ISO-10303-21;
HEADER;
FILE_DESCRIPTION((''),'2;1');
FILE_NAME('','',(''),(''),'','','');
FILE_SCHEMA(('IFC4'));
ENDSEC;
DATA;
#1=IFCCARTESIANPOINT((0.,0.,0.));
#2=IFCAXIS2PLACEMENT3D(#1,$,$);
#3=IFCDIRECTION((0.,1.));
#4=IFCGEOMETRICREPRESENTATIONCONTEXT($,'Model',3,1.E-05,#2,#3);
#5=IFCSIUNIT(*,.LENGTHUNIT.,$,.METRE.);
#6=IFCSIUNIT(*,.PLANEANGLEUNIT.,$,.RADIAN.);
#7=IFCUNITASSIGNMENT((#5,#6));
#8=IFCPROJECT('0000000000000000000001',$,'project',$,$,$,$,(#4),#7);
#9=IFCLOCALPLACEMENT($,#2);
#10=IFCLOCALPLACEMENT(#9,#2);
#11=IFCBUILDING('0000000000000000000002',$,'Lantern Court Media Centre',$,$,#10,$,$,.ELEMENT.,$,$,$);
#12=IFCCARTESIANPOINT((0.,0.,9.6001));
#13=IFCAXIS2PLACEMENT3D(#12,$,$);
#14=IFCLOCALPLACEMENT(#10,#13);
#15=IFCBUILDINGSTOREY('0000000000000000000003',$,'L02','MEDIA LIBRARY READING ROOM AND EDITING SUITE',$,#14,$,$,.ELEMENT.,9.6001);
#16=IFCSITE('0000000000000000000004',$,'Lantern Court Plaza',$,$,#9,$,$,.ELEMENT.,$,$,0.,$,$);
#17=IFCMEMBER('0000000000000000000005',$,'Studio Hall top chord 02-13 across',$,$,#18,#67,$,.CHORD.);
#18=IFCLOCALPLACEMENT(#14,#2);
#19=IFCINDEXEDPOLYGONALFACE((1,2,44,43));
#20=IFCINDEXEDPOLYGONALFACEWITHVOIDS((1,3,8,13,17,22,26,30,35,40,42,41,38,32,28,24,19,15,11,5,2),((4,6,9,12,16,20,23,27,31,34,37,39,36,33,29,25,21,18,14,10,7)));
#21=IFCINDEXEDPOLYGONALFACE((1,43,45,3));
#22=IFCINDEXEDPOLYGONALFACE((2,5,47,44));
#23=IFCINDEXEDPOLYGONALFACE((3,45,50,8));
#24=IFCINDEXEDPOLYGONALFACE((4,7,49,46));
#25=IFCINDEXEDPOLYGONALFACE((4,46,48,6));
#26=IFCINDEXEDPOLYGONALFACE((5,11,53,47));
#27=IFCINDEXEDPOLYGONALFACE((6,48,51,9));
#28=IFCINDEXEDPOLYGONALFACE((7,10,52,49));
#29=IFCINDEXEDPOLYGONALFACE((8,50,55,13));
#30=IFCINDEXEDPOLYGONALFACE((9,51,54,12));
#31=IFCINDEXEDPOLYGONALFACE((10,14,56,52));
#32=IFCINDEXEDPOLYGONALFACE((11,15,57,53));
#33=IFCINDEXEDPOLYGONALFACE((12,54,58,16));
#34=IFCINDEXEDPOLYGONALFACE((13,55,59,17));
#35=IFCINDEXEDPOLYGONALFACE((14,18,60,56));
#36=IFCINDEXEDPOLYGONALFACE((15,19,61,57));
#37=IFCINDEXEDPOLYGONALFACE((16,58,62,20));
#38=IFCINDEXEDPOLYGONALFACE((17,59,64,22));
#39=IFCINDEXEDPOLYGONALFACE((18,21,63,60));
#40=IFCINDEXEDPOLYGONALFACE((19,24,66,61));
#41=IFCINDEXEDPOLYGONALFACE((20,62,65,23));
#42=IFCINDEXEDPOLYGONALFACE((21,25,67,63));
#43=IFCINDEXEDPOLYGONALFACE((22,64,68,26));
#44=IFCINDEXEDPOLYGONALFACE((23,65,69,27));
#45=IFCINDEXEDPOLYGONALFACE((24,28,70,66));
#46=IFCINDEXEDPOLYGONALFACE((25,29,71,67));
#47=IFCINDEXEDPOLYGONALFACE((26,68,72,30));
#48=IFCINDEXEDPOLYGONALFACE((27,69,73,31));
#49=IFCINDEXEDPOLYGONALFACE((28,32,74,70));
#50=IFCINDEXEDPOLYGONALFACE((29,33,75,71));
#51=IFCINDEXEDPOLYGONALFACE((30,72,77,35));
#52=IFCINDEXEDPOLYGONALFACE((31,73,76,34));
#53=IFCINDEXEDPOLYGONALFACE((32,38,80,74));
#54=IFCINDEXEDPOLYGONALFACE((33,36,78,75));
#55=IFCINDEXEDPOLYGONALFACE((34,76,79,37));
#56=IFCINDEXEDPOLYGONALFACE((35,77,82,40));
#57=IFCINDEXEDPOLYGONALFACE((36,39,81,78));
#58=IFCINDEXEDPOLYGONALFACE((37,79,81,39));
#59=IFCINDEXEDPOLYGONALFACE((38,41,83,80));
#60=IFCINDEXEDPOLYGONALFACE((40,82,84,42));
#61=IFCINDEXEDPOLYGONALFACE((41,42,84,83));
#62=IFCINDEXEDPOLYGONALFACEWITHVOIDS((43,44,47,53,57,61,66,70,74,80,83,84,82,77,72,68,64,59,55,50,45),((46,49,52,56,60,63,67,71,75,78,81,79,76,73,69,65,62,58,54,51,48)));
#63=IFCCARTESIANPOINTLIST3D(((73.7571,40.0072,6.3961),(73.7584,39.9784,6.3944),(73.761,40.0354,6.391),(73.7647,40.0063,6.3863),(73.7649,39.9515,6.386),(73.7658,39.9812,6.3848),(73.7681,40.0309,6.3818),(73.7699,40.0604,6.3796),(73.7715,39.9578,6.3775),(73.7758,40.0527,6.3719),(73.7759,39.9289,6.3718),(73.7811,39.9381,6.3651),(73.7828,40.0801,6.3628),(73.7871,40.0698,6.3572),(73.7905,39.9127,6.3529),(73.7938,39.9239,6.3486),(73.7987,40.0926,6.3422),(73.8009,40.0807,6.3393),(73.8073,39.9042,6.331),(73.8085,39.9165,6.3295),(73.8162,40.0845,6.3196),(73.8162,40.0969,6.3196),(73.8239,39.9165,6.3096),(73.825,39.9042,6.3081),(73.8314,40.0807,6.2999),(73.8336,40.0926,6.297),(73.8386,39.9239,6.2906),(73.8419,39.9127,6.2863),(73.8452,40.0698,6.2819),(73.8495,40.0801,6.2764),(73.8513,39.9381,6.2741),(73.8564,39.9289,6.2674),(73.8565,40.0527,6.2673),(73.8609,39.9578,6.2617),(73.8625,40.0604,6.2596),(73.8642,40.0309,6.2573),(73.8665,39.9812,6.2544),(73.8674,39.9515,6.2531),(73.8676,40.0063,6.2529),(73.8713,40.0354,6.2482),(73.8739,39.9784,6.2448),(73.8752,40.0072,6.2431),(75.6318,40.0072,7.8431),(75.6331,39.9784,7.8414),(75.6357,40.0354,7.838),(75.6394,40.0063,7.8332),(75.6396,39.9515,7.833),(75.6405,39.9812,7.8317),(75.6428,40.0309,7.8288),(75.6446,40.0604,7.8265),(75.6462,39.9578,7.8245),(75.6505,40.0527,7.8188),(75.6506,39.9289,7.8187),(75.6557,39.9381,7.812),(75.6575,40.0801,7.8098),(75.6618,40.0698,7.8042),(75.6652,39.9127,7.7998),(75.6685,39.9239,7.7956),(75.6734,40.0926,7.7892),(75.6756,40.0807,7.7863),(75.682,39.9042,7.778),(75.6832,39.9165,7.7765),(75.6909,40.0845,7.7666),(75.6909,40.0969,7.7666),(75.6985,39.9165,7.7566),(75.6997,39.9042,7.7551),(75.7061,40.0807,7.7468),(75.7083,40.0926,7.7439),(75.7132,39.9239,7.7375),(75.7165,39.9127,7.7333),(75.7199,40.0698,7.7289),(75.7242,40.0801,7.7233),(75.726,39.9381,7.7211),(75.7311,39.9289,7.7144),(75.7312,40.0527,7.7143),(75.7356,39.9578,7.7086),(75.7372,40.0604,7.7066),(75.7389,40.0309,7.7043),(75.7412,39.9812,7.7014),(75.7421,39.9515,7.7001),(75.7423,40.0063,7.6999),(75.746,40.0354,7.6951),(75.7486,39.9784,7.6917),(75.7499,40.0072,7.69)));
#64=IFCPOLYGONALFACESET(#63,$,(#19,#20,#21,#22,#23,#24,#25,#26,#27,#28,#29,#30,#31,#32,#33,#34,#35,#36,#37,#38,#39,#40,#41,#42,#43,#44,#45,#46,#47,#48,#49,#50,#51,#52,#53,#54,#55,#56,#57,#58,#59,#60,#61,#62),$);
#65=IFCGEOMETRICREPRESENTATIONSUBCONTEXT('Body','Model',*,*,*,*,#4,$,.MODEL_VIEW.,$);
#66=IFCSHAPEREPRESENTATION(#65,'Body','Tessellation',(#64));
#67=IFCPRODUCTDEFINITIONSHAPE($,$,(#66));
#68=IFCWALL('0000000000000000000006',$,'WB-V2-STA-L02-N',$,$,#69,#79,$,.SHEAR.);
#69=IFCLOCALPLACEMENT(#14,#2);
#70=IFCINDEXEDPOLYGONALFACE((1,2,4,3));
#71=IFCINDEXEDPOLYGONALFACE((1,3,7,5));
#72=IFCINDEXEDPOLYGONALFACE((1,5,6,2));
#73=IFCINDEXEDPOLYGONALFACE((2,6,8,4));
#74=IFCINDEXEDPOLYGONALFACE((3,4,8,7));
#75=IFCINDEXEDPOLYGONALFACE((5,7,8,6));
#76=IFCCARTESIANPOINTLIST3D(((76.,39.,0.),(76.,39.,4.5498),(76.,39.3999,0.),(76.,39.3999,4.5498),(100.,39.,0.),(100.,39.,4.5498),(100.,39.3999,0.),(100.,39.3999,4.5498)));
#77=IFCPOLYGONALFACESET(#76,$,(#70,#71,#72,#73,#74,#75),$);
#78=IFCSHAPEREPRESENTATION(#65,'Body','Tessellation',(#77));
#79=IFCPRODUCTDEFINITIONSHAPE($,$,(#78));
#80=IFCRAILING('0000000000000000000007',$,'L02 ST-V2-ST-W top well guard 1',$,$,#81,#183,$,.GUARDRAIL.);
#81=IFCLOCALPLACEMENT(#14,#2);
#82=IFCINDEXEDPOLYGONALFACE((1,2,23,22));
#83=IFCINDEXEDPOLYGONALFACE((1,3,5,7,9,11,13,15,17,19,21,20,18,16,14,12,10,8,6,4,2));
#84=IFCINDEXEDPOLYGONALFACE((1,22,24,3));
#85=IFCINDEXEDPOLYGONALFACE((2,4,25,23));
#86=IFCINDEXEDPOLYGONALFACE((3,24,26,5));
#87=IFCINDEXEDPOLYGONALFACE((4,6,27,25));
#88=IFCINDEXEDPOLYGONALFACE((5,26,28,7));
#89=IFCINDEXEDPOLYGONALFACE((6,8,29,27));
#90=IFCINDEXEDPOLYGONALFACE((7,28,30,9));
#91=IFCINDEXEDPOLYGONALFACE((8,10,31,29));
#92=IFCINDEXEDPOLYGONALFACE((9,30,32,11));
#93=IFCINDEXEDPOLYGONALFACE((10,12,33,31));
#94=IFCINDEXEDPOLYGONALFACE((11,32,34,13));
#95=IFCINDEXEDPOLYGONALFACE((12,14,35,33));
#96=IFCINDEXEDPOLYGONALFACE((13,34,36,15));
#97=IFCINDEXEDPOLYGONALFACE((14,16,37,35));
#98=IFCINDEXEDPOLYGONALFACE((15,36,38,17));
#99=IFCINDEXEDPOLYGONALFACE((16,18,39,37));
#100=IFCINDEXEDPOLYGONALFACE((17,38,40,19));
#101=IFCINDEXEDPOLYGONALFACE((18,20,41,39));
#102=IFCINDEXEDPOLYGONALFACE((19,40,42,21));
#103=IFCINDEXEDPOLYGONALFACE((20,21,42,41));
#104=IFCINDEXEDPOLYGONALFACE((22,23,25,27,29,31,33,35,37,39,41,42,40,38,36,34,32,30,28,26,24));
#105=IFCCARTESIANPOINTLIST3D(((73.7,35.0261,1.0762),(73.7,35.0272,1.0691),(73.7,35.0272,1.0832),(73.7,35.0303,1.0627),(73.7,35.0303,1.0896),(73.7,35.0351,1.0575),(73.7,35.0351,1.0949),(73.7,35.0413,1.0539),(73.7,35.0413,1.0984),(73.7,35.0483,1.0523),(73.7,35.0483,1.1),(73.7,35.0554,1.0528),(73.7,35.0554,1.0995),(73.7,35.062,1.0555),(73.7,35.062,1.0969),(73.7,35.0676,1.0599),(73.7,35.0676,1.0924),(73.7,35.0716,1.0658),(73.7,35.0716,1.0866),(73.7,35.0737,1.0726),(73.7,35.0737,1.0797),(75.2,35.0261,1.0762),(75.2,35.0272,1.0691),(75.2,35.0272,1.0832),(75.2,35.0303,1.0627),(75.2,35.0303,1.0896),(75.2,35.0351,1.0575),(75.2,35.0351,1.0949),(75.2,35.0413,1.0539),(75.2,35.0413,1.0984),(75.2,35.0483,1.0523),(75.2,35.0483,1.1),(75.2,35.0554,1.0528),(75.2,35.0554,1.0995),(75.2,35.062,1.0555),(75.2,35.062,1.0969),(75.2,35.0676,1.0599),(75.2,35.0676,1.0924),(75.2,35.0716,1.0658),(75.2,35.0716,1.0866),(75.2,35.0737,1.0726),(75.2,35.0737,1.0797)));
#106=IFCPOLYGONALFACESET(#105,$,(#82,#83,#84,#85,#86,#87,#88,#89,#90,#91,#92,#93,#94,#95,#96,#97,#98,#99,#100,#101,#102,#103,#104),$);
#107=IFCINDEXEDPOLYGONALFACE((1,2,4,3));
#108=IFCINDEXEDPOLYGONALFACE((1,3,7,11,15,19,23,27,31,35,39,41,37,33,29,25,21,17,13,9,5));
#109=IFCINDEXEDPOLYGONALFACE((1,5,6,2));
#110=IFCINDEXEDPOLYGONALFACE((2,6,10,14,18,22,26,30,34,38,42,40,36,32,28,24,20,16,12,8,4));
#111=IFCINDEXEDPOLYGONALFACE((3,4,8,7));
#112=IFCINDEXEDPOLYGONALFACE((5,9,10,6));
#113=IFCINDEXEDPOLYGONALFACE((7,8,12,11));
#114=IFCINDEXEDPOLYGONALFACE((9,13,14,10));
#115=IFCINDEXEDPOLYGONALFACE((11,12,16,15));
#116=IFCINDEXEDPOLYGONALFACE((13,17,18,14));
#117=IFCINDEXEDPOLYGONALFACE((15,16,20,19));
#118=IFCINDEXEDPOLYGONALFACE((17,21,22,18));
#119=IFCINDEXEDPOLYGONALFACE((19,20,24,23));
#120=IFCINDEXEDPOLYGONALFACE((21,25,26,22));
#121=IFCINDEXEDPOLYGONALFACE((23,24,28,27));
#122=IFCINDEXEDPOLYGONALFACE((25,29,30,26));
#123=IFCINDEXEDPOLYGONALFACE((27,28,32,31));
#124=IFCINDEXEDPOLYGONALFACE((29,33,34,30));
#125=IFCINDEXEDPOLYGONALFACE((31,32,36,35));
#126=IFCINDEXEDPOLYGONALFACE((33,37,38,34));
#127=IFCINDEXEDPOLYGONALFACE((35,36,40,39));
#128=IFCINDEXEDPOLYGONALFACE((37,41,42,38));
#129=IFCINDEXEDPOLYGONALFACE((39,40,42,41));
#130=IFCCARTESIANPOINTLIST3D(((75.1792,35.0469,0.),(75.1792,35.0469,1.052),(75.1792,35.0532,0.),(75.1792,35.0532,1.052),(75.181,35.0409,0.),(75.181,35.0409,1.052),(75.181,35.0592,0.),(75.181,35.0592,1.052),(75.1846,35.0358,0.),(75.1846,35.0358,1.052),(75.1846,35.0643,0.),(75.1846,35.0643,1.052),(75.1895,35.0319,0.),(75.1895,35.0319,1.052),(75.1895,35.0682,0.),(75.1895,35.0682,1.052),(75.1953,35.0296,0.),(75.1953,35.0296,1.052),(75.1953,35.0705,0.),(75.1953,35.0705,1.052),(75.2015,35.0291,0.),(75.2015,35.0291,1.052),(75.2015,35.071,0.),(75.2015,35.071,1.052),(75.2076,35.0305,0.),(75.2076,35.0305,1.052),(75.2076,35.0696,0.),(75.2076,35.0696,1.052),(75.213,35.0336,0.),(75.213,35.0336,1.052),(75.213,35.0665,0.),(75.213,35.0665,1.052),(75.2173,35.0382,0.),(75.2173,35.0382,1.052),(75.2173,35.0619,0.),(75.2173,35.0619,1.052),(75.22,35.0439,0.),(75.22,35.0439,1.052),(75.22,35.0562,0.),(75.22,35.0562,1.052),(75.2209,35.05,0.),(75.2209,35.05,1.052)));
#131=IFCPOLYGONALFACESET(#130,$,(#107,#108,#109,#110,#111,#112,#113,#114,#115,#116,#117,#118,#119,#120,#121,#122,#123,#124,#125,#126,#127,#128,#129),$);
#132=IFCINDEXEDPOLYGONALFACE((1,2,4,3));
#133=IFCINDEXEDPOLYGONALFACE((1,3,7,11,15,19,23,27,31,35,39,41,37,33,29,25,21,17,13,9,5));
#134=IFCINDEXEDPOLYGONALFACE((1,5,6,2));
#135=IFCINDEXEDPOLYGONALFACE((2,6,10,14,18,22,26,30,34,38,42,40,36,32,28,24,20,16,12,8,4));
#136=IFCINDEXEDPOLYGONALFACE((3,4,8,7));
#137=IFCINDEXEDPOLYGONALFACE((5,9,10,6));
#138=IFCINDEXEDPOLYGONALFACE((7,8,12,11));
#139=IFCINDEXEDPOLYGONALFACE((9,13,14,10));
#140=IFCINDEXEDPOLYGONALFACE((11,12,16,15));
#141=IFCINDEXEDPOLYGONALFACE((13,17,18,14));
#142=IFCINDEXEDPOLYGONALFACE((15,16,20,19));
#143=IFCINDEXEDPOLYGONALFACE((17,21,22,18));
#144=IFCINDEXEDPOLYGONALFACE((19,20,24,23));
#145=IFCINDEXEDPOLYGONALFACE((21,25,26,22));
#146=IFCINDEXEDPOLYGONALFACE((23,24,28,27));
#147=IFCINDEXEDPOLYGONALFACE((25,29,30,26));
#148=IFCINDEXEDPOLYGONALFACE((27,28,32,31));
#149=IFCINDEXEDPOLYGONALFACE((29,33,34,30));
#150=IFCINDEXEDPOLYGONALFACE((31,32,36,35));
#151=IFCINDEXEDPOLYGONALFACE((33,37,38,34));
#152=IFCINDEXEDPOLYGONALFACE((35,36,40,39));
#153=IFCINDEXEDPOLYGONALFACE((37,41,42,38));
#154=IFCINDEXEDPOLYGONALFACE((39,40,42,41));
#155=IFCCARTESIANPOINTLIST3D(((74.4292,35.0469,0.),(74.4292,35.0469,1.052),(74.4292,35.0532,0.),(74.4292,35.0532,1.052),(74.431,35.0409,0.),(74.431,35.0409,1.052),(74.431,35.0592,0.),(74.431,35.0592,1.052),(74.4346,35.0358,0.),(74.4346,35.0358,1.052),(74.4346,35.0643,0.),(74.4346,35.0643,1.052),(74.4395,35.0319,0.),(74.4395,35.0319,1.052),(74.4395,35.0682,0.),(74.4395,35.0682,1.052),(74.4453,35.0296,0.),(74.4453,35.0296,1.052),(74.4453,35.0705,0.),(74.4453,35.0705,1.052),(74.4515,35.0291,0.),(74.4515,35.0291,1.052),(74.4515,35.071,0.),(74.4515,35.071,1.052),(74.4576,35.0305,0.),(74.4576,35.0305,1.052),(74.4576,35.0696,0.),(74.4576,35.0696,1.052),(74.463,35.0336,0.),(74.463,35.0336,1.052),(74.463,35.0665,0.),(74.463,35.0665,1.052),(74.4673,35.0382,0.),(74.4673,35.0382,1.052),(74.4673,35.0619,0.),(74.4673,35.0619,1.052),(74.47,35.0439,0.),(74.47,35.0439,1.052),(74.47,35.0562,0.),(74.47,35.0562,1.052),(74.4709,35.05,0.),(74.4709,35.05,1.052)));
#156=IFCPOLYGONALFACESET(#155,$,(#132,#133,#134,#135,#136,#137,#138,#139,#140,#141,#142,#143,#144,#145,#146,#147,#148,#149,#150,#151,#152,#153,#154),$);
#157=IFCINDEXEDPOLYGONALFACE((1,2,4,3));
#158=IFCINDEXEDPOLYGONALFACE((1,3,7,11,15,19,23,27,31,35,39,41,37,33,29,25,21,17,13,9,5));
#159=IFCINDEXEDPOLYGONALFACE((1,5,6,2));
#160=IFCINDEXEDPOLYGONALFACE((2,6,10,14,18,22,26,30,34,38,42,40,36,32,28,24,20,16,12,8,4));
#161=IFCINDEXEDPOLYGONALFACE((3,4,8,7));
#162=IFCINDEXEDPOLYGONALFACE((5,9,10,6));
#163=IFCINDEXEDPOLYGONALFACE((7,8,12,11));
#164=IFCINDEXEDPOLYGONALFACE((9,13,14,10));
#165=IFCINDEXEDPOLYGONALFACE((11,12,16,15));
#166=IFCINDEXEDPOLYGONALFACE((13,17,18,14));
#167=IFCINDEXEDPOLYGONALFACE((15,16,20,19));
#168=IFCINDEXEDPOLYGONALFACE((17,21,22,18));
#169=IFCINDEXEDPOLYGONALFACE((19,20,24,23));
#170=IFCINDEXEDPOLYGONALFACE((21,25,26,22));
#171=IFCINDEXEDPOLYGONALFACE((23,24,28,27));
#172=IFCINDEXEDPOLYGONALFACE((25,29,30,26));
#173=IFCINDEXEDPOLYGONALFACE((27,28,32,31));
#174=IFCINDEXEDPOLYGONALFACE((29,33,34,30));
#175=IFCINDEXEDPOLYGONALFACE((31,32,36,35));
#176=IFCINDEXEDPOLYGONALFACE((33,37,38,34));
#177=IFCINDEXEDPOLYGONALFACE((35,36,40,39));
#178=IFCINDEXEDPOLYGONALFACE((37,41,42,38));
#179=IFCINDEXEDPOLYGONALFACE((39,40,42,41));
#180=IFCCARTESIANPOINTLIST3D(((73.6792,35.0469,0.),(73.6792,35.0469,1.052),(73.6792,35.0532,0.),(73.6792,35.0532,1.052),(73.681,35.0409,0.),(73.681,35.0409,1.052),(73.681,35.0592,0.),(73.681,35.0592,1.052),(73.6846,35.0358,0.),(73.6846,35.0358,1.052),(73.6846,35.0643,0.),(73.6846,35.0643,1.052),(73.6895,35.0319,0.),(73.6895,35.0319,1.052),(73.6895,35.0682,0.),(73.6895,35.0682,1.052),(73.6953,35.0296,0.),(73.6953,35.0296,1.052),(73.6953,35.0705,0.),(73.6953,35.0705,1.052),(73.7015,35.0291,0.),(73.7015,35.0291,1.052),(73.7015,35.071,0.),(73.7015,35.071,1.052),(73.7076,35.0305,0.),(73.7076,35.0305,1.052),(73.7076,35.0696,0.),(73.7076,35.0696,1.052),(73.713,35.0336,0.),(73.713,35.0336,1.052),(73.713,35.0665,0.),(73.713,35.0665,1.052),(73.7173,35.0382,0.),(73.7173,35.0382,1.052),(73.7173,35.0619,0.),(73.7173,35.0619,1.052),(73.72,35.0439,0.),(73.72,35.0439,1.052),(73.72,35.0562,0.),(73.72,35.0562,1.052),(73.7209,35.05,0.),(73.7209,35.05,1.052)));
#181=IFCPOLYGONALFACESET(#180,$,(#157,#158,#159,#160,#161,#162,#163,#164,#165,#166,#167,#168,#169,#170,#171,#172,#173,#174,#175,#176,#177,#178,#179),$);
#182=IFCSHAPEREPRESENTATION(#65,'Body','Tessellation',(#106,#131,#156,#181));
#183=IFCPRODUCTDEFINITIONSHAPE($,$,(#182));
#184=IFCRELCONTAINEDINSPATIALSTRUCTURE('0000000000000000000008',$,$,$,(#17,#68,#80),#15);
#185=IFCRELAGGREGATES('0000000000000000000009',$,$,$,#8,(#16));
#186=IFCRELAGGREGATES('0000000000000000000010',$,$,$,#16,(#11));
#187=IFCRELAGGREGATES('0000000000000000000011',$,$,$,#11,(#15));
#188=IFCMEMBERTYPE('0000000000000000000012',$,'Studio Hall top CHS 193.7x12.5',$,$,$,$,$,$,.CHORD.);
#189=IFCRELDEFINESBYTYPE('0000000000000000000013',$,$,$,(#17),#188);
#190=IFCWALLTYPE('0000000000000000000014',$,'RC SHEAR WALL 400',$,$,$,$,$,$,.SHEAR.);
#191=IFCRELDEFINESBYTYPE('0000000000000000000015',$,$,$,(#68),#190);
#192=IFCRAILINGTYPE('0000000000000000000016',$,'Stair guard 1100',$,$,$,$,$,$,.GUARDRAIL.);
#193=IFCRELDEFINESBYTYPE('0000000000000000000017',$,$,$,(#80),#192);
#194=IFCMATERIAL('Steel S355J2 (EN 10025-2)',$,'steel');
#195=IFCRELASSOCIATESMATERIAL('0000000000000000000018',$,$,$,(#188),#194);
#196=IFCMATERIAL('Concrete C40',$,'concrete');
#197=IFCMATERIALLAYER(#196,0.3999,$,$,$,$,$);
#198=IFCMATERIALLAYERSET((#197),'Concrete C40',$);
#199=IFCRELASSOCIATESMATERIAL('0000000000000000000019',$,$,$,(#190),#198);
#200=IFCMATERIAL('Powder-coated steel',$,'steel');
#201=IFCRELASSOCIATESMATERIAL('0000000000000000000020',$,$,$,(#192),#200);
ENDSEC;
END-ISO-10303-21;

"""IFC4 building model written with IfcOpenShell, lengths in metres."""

from ifc_helpers import new_model, si_unit, direction, frame, frame_2d, origin, origin_2d, place, context, subcontext, project, spatial, rectangle, circle, hollow_circle, extrude, material, layer, layer_set, material_profile, profile_set, type_object, element, save


model = new_model("IFC4")

# Units and contexts
model_context = context("Model", 3, precision=1e-05, world=origin(), true_north=direction((0.0, 1.0)))
body_context = subcontext(model_context, "Body", "Model", "MODEL_VIEW")
ifc_project = project(units=[si_unit("LENGTHUNIT", "METRE"), si_unit("PLANEANGLEUNIT", "RADIAN")], contexts=[model_context])

# Site, building, storey
site_placement = place(None, origin())
site = spatial("IfcSite", under=ifc_project, at=site_placement, Name="Lantern Court Plaza", CompositionType="ELEMENT", RefElevation=0.0)
building_placement = place(site_placement, origin())
building = spatial("IfcBuilding", under=site, at=building_placement, Name="Lantern Court Media Centre", CompositionType="ELEMENT")
storey_placement = place(building_placement, frame((0.0, 0.0, 9.6001)))
storey = spatial("IfcBuildingStorey", under=building, at=storey_placement, Name="L02", Description="MEDIA LIBRARY READING ROOM AND EDITING SUITE", CompositionType="ELEMENT", Elevation=9.6001)

# Member
ifc_material_1 = material(Name="Steel S355J2 (EN 10025-2)", Category="steel")
ifc_material_profile_1 = material_profile(ifc_material_1, hollow_circle(Radius=0.0969, WallThickness=0.0125, at=origin_2d()), Name="Studio Hall top CHS 193.7x12.5")
ifc_profile_set_1 = profile_set([ifc_material_profile_1], Name="Steel S355J2 (EN 10025-2)")
member_type_1 = type_object("IfcMemberType", Name="Studio Hall top CHS 193.7x12.5", PredefinedType="CHORD", material=ifc_profile_set_1)
for number, where, z_axis, x_axis, name in (
    (1, (73.8162, 40.0, 6.3196), (0.791623, 0.0, 0.61101), (0.0, 1.0, 0.0), "Studio Hall top chord 02-13 across"),
):
    element("IfcMember", number, at=place(storey_placement, frame(where, z_axis=z_axis, x_axis=x_axis)), inside=storey, type_object=member_type_1, Name=name, PredefinedType="CHORD", context=body_context, shape_type="SweptSolid", body=[
        extrude(hollow_circle(Radius=0.0969, WallThickness=0.0125, at=origin_2d()), origin(), (0.0, 0.0, 1.0), 2.3682),
    ])

# Wall
ifc_material_2 = material(Name="Concrete C40", Category="concrete")
ifc_layer = layer(ifc_material_2, 0.3999)
ifc_layer_set = layer_set([ifc_layer], Name="Concrete C40")
wall_type = type_object("IfcWallType", Name="RC SHEAR WALL 400", PredefinedType="SHEAR", material=ifc_layer_set)
wall_placement = place(storey_placement, frame((76.0, 39.2, 0.0), z_axis=(0.0, 0.0, 1.0), x_axis=(1.0, 0.0, 0.0)))
element("IfcWall", 2, at=wall_placement, inside=storey, type_object=wall_type, Name="WB-V2-STA-L02-N", PredefinedType="SHEAR", context=body_context, shape_type="SweptSolid", body=[
    extrude(rectangle(XDim=24.0, YDim=0.3999, at=frame_2d((12.0, 0.0))), origin(), (0.0, 0.0, 1.0), 4.5498),
])

# Railing
ifc_material_3 = material(Name="Powder-coated steel", Category="steel")
railing_type = type_object("IfcRailingType", Name="Stair guard 1100", PredefinedType="GUARDRAIL", material=ifc_material_3)
railing_placement = place(storey_placement, frame((75.2, 35.05, 0.0)))
element("IfcRailing", 3, at=railing_placement, inside=storey, type_object=railing_type, Name="L02 ST-V2-ST-W top well guard 1", PredefinedType="GUARDRAIL", context=body_context, shape_type="SweptSolid", body=[
    extrude(circle(Radius=0.0239, at=origin_2d()), frame((0.0, 0.0, 1.0762), z_axis=(-1.0, 0.0, 0.0), x_axis=(0.0, -1.0, 0.0)), (0.0, 0.0, 1.0), 1.5),
    extrude(circle(Radius=0.021, at=origin_2d()), origin(), (0.0, 0.0, 1.0), 1.052),
    extrude(circle(Radius=0.021, at=origin_2d()), frame((-0.75, 0.0, 0.0)), (0.0, 0.0, 1.0), 1.052),
    extrude(circle(Radius=0.021, at=origin_2d()), frame((-1.5, 0.0, 0.0)), (0.0, 0.0, 1.0), 1.052),
])

save(model, "model.ifc")
